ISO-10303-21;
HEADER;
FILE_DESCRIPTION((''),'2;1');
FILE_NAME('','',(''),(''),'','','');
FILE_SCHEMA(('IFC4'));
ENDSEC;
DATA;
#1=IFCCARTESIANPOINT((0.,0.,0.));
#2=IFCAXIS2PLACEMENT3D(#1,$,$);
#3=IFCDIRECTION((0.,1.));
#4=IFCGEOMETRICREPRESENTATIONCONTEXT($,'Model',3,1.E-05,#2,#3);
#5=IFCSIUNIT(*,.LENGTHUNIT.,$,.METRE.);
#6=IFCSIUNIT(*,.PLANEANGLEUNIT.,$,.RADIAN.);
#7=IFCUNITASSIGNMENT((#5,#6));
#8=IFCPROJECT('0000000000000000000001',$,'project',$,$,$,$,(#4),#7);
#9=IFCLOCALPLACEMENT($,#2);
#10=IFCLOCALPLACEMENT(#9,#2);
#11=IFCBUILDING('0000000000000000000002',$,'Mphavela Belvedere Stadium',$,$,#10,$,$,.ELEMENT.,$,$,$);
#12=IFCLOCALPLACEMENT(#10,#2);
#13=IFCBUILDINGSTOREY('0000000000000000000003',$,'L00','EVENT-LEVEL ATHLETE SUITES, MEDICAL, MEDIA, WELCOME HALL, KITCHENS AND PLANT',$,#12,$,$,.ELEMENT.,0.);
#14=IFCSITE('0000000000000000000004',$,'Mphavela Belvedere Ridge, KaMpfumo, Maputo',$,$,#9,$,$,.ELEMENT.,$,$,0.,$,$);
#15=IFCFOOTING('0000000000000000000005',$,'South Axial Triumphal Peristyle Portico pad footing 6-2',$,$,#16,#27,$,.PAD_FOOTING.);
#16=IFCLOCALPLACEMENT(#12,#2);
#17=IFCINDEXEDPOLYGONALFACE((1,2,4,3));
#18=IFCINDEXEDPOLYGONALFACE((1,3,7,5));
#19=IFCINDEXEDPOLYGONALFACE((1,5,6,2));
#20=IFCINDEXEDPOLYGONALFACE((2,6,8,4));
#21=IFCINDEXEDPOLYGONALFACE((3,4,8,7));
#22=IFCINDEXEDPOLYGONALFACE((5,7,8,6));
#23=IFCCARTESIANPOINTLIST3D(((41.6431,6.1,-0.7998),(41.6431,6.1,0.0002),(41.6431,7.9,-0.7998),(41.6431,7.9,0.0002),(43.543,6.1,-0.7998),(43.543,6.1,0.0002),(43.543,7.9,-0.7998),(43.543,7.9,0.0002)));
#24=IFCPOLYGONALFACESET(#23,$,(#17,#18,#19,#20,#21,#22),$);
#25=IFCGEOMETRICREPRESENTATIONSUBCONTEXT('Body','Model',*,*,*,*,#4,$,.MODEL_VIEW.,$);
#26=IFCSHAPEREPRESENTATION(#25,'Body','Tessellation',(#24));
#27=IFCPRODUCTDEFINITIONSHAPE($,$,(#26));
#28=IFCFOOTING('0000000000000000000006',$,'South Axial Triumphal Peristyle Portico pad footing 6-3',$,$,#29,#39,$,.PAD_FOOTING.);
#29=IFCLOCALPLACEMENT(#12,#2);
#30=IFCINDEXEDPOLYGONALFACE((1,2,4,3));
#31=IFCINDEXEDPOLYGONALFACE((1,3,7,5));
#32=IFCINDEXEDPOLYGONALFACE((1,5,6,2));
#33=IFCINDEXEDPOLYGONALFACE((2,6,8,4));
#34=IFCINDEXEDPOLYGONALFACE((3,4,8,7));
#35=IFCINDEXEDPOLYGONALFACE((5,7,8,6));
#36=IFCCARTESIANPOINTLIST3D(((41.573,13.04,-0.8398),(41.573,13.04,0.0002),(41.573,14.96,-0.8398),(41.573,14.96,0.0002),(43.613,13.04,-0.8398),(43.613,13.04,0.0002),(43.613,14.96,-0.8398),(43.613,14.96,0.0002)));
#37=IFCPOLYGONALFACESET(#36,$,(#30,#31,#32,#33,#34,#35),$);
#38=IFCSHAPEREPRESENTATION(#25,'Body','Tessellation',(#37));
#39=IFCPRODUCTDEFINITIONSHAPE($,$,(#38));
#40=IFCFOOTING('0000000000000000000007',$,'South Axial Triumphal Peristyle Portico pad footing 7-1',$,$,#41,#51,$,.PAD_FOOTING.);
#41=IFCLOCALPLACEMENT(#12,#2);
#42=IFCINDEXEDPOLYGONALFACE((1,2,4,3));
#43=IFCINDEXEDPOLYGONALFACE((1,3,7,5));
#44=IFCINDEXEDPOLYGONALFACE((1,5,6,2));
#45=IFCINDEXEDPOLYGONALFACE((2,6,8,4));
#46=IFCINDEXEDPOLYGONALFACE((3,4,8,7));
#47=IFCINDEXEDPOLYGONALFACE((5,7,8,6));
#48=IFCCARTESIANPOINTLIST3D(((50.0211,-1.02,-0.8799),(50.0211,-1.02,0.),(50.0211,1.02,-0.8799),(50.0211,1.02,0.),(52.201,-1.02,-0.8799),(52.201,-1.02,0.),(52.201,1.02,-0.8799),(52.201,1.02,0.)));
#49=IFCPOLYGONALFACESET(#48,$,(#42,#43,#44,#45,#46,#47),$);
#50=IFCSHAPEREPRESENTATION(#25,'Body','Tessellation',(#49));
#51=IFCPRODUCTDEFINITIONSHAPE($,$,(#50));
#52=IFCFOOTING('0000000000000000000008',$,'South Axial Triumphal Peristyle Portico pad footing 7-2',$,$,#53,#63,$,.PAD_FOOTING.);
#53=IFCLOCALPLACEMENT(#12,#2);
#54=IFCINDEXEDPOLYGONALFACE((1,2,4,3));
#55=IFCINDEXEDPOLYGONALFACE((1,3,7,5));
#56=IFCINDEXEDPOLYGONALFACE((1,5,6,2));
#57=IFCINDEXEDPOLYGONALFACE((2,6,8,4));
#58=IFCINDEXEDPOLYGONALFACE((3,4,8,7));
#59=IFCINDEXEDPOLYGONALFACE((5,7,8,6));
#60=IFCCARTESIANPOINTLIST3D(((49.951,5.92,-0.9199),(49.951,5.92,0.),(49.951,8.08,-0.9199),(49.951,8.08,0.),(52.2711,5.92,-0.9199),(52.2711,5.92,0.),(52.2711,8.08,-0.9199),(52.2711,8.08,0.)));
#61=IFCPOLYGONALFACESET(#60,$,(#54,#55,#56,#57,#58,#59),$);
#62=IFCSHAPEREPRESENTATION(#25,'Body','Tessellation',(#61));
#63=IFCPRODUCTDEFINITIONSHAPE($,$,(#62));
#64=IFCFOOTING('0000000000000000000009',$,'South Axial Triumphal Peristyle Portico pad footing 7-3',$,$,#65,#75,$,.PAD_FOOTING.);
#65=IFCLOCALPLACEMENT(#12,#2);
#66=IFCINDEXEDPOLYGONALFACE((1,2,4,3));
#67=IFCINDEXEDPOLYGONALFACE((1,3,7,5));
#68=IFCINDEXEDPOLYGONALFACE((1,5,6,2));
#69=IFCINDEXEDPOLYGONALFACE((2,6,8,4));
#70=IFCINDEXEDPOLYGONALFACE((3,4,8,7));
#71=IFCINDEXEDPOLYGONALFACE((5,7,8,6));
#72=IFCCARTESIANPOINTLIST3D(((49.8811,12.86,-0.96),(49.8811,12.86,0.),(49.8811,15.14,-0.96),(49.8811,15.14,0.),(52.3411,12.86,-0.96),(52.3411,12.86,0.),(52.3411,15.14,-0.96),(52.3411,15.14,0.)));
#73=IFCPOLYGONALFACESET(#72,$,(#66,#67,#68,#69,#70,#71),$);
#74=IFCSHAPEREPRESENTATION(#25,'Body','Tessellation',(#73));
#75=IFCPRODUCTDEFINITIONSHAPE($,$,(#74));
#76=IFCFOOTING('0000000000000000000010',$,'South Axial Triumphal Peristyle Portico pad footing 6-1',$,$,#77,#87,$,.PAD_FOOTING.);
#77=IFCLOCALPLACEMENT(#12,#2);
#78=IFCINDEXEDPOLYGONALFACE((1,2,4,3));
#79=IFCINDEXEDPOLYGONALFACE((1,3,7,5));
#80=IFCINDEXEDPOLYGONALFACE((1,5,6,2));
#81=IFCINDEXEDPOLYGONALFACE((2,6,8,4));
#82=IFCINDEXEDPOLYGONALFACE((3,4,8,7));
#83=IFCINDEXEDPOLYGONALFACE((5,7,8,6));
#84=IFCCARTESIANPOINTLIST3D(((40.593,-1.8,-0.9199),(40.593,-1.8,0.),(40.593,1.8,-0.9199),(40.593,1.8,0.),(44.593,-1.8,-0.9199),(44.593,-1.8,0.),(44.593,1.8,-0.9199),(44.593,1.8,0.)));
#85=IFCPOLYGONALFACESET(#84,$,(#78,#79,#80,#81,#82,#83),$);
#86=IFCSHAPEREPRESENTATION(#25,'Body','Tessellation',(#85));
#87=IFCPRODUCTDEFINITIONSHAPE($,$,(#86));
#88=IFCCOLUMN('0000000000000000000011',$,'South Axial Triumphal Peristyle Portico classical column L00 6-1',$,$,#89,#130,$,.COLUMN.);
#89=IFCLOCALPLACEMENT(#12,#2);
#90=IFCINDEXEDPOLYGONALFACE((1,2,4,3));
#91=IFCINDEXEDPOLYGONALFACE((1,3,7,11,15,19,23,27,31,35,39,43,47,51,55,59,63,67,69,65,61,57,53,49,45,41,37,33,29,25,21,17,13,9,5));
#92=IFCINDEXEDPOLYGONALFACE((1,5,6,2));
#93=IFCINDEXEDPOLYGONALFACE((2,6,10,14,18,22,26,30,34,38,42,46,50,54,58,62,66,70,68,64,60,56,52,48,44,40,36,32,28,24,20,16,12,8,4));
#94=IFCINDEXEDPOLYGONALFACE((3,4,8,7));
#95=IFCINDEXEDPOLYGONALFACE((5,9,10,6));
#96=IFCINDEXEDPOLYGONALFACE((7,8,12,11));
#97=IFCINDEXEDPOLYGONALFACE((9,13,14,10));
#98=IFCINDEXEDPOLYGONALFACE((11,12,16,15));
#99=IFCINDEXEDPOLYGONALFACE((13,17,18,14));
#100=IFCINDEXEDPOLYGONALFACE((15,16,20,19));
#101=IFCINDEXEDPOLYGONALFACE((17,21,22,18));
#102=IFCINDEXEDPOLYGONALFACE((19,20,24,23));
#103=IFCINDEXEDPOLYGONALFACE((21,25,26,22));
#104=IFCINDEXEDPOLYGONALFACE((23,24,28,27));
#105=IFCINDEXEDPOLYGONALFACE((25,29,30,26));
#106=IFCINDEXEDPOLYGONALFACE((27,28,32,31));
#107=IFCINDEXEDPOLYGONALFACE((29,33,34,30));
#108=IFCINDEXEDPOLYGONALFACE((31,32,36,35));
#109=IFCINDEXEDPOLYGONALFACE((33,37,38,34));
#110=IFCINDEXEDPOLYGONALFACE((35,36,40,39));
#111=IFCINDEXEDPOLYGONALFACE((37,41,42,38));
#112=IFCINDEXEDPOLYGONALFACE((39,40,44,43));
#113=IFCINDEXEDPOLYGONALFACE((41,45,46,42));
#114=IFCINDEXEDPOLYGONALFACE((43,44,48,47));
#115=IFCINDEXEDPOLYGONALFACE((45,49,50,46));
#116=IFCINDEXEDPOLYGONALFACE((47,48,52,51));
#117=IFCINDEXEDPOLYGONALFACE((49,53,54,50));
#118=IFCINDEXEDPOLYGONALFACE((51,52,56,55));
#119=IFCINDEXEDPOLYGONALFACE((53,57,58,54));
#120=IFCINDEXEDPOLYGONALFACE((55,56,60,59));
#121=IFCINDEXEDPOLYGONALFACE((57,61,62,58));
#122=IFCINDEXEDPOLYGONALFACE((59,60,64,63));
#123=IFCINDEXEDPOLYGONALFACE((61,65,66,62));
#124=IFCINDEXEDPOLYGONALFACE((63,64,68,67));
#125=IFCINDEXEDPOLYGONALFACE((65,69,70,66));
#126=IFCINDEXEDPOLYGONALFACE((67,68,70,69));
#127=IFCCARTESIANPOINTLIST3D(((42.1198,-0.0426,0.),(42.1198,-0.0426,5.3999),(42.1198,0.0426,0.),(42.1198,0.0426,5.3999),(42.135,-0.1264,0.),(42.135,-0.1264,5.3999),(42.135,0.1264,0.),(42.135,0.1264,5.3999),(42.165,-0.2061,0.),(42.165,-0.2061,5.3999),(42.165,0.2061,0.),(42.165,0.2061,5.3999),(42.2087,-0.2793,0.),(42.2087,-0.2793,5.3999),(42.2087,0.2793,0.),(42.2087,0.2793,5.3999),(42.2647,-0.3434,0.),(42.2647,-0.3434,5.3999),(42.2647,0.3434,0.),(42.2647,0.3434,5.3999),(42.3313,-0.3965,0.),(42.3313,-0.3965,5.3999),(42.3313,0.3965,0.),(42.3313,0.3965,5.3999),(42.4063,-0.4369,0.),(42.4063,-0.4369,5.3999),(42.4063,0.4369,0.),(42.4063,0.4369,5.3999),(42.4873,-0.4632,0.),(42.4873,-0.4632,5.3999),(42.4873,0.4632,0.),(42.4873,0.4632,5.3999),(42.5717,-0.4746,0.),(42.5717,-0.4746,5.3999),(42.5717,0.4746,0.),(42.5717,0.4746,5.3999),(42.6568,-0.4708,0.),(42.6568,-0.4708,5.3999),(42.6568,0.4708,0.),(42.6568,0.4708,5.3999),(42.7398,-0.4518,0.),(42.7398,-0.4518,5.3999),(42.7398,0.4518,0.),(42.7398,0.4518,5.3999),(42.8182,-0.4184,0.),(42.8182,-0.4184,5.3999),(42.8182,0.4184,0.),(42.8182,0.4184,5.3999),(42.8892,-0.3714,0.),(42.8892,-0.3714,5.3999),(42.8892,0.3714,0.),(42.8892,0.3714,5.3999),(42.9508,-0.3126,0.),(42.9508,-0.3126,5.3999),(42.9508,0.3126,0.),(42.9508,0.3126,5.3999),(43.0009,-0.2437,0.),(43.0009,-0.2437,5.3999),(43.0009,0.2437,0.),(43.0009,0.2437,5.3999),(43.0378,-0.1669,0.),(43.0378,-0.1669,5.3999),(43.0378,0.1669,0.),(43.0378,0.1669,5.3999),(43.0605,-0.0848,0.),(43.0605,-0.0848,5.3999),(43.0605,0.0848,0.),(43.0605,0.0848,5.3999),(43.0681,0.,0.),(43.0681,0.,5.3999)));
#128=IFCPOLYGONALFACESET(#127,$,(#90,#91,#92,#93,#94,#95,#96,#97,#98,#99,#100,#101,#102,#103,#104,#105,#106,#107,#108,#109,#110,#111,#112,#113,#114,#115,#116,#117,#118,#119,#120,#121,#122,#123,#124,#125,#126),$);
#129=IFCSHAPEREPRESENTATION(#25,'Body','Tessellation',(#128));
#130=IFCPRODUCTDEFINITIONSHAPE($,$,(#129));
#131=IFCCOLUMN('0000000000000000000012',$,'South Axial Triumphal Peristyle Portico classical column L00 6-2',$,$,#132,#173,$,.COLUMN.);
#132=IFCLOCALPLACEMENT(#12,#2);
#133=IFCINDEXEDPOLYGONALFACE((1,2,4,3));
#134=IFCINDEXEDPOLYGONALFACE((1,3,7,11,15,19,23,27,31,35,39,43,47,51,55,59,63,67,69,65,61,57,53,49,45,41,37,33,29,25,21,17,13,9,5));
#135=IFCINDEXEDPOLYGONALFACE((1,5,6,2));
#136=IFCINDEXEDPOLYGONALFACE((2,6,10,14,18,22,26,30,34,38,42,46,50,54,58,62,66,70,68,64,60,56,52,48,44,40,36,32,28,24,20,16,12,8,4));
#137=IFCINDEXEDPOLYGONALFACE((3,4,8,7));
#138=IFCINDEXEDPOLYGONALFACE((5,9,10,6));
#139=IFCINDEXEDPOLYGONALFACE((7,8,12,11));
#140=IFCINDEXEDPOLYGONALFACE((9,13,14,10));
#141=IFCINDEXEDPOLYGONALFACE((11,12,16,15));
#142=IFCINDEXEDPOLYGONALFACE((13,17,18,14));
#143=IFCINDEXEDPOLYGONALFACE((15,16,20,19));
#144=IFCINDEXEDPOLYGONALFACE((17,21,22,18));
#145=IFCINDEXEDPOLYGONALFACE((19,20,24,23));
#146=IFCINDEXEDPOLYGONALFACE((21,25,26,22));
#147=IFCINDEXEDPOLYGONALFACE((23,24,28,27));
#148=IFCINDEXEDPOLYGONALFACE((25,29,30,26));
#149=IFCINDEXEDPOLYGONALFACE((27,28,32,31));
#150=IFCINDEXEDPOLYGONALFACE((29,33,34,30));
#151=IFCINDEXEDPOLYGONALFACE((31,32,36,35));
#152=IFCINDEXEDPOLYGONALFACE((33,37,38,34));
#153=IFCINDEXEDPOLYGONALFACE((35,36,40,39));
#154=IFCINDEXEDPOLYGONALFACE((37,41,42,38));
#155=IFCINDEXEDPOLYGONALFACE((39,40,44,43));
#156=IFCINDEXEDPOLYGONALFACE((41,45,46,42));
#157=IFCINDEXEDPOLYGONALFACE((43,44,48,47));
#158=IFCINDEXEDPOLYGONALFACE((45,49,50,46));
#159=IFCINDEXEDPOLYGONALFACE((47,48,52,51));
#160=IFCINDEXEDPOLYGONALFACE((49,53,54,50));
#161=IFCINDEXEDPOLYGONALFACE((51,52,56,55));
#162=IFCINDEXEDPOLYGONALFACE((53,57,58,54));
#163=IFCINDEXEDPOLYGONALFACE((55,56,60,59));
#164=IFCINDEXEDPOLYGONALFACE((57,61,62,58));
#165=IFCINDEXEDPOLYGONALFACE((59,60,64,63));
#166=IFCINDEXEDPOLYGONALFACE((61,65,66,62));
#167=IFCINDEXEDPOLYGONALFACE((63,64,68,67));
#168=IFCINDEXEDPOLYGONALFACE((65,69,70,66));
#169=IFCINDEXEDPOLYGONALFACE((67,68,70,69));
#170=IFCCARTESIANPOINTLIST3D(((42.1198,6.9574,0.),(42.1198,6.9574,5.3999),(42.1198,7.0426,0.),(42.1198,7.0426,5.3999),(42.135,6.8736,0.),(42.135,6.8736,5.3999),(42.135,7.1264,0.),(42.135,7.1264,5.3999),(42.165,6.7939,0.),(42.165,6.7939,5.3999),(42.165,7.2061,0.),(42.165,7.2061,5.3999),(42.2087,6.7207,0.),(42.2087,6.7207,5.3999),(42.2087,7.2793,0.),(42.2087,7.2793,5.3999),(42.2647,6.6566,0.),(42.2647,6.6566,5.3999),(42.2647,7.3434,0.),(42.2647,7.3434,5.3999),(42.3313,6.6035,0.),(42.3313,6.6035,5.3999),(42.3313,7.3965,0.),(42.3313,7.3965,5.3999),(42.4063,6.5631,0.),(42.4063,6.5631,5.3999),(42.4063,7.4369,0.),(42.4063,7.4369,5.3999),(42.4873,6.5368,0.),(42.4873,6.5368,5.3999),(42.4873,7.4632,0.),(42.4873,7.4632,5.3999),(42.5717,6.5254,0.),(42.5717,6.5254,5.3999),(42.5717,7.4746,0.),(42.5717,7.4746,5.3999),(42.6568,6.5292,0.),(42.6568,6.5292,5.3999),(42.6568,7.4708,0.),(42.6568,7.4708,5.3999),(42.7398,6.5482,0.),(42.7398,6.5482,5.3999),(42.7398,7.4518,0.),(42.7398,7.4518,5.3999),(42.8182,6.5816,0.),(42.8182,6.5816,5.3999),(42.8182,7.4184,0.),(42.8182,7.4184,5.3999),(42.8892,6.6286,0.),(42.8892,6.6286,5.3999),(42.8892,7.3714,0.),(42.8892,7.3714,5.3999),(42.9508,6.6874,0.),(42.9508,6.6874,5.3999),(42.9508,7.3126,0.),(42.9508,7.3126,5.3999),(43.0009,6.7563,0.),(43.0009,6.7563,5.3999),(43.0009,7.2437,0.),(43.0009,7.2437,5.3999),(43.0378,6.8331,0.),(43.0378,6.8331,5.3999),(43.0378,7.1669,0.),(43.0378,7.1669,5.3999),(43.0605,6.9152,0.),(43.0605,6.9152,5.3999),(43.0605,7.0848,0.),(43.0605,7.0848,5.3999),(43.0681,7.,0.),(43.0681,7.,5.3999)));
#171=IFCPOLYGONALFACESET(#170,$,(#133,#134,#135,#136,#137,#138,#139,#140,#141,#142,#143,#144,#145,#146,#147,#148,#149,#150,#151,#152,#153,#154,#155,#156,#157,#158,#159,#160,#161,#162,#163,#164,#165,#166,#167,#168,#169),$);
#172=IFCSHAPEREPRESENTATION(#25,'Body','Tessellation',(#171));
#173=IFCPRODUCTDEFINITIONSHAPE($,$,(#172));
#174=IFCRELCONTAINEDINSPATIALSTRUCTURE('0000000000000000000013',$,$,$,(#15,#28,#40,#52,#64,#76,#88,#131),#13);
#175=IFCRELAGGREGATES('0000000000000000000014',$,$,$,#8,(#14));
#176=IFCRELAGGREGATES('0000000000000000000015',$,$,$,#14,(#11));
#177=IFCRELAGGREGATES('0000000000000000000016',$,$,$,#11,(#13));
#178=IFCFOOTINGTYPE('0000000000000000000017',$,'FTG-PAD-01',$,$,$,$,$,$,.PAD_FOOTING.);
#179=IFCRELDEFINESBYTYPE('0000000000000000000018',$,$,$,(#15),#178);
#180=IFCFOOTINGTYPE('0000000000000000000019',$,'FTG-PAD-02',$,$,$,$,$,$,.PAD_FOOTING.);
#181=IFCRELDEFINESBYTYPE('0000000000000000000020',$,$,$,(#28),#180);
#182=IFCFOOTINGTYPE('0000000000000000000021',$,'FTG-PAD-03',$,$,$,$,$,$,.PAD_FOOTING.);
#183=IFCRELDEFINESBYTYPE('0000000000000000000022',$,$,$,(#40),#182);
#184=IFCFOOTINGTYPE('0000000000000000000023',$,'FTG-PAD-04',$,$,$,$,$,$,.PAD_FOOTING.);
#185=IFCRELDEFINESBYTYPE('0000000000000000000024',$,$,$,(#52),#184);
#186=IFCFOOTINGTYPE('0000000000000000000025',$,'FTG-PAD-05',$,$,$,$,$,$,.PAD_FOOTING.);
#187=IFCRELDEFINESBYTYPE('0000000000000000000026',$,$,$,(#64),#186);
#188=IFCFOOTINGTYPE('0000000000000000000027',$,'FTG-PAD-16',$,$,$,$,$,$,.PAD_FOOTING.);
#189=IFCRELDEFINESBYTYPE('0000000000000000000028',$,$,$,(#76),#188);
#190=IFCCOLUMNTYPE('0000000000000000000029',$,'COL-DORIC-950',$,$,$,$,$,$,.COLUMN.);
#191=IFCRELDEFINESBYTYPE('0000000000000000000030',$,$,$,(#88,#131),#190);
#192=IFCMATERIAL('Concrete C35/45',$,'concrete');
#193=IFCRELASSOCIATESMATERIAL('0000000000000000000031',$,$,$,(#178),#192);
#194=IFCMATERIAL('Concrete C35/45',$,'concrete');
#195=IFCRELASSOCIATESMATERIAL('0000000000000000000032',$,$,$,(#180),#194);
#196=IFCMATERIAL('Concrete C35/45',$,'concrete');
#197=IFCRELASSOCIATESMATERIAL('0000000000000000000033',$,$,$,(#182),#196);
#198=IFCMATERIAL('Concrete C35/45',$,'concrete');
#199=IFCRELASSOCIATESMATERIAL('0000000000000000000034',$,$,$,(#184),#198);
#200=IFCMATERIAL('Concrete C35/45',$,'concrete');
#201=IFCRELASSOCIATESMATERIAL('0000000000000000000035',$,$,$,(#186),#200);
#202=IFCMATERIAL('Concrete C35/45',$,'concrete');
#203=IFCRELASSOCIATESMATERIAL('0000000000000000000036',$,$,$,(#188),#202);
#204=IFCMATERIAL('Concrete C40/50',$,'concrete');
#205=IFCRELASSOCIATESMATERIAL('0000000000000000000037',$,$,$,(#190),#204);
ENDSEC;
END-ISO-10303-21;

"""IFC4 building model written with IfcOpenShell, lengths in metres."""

from ifc_helpers import new_model, si_unit, direction, frame, origin, origin_2d, place, context, subcontext, project, spatial, rectangle, circle, extrude, material, material_profile, profile_set, type_object, element, save


model = new_model("IFC4")

# Units and contexts
model_context = context("Model", 3, precision=1e-05, world=origin(), true_north=direction((0.0, 1.0)))
body_context = subcontext(model_context, "Body", "Model", "MODEL_VIEW")
ifc_project = project(units=[si_unit("LENGTHUNIT", "METRE"), si_unit("PLANEANGLEUNIT", "RADIAN")], contexts=[model_context])

# Site, building, storey
site_placement = place(None, origin())
site = spatial("IfcSite", under=ifc_project, at=site_placement, Name="Mphavela Belvedere Ridge, KaMpfumo, Maputo", CompositionType="ELEMENT", RefElevation=0.0)
building_placement = place(site_placement, origin())
building = spatial("IfcBuilding", under=site, at=building_placement, Name="Mphavela Belvedere Stadium", CompositionType="ELEMENT")
storey_placement = place(building_placement, origin())
storey = spatial("IfcBuildingStorey", under=building, at=storey_placement, Name="L00", Description="EVENT-LEVEL ATHLETE SUITES, MEDICAL, MEDIA, WELCOME HALL, KITCHENS AND PLANT", CompositionType="ELEMENT", Elevation=0.0)

# Footings
ifc_material_1 = material(Name="Concrete C35/45", Category="concrete")
footing_type_1 = type_object("IfcFootingType", Name="FTG-PAD-01", PredefinedType="PAD_FOOTING", material=ifc_material_1)
footing_1_placement = place(storey_placement, frame((42.593, 7.0, -0.7998), z_axis=(0.0, 0.0, 1.0), x_axis=(1.0, 0.0, 0.0)))
element("IfcFooting", 1, at=footing_1_placement, inside=storey, type_object=footing_type_1, Name="South Axial Triumphal Peristyle Portico pad footing 6-2", PredefinedType="PAD_FOOTING", context=body_context, shape_type="SweptSolid", body=[
    extrude(rectangle(XDim=1.8999, YDim=1.8, at=origin_2d()), origin(), (0.0, 0.0, 1.0), 0.8),
])
ifc_material_2 = material(Name="Concrete C35/45", Category="concrete")
footing_type_2 = type_object("IfcFootingType", Name="FTG-PAD-02", PredefinedType="PAD_FOOTING", material=ifc_material_2)
footing_2_placement = place(storey_placement, frame((42.593, 14.0, -0.8398), z_axis=(0.0, 0.0, 1.0), x_axis=(1.0, 0.0, 0.0)))
element("IfcFooting", 2, at=footing_2_placement, inside=storey, type_object=footing_type_2, Name="South Axial Triumphal Peristyle Portico pad footing 6-3", PredefinedType="PAD_FOOTING", context=body_context, shape_type="SweptSolid", body=[
    extrude(rectangle(XDim=2.04, YDim=1.9199, at=origin_2d()), origin(), (0.0, 0.0, 1.0), 0.8401),
])
ifc_material_3 = material(Name="Concrete C35/45", Category="concrete")
footing_type_3 = type_object("IfcFootingType", Name="FTG-PAD-03", PredefinedType="PAD_FOOTING", material=ifc_material_3)
footing_3_placement = place(storey_placement, frame((51.1111, 0.0, -0.8799), z_axis=(0.0, 0.0, 1.0), x_axis=(1.0, 0.0, 0.0)))
element("IfcFooting", 3, at=footing_3_placement, inside=storey, type_object=footing_type_3, Name="South Axial Triumphal Peristyle Portico pad footing 7-1", PredefinedType="PAD_FOOTING", context=body_context, shape_type="SweptSolid", body=[
    extrude(rectangle(XDim=2.1799, YDim=2.04, at=origin_2d()), origin(), (0.0, 0.0, 1.0), 0.8799),
])
ifc_material_4 = material(Name="Concrete C35/45", Category="concrete")
footing_type_4 = type_object("IfcFootingType", Name="FTG-PAD-04", PredefinedType="PAD_FOOTING", material=ifc_material_4)
footing_4_placement = place(storey_placement, frame((51.1111, 7.0, -0.9199), z_axis=(0.0, 0.0, 1.0), x_axis=(1.0, 0.0, 0.0)))
element("IfcFooting", 4, at=footing_4_placement, inside=storey, type_object=footing_type_4, Name="South Axial Triumphal Peristyle Portico pad footing 7-2", PredefinedType="PAD_FOOTING", context=body_context, shape_type="SweptSolid", body=[
    extrude(rectangle(XDim=2.3201, YDim=2.1599, at=origin_2d()), origin(), (0.0, 0.0, 1.0), 0.9199),
])
ifc_material_5 = material(Name="Concrete C35/45", Category="concrete")
footing_type_5 = type_object("IfcFootingType", Name="FTG-PAD-05", PredefinedType="PAD_FOOTING", material=ifc_material_5)
footing_5_placement = place(storey_placement, frame((51.1111, 14.0, -0.96), z_axis=(0.0, 0.0, 1.0), x_axis=(1.0, 0.0, 0.0)))
element("IfcFooting", 5, at=footing_5_placement, inside=storey, type_object=footing_type_5, Name="South Axial Triumphal Peristyle Portico pad footing 7-3", PredefinedType="PAD_FOOTING", context=body_context, shape_type="SweptSolid", body=[
    extrude(rectangle(XDim=2.46, YDim=2.28, at=origin_2d()), origin(), (0.0, 0.0, 1.0), 0.96),
])
ifc_material_6 = material(Name="Concrete C35/45", Category="concrete")
footing_type_6 = type_object("IfcFootingType", Name="FTG-PAD-16", PredefinedType="PAD_FOOTING", material=ifc_material_6)
footing_6_placement = place(storey_placement, frame((42.593, 0.0, -0.9199), z_axis=(0.0, 0.0, 1.0), x_axis=(1.0, 0.0, 0.0)))
element("IfcFooting", 6, at=footing_6_placement, inside=storey, type_object=footing_type_6, Name="South Axial Triumphal Peristyle Portico pad footing 6-1", PredefinedType="PAD_FOOTING", context=body_context, shape_type="SweptSolid", body=[
    extrude(rectangle(XDim=4.0, YDim=3.6001, at=origin_2d()), origin(), (0.0, 0.0, 1.0), 0.9199),
])

# Columns
ifc_material_7 = material(Name="Concrete C40/50", Category="concrete")
ifc_material_profile_1 = material_profile(ifc_material_7, circle(Radius=0.4751, at=origin_2d()), Name="COL D950")
ifc_profile_set_1 = profile_set([ifc_material_profile_1], Name="Concrete C40/50")
column_type = type_object("IfcColumnType", Name="COL-DORIC-950", PredefinedType="COLUMN", material=ifc_profile_set_1)
for number, where, z_axis, x_axis, name in (
    (7, (42.593, 0.0, 0.0), (0.0, 0.0, 1.0), (1.0, 0.0, 0.0), "South Axial Triumphal Peristyle Portico classical column L00 6-1"),
    (8, (42.593, 7.0, 0.0), (0.0, 0.0, 1.0), (1.0, 0.0, 0.0), "South Axial Triumphal Peristyle Portico classical column L00 6-2"),
):
    element("IfcColumn", number, at=place(storey_placement, frame(where, z_axis=z_axis, x_axis=x_axis)), inside=storey, type_object=column_type, Name=name, PredefinedType="COLUMN", context=body_context, shape_type="SweptSolid", body=[
        extrude(circle(Radius=0.4751, at=origin_2d()), origin(), (0.0, 0.0, 1.0), 5.3999),
    ])

save(model, "model.ifc")
